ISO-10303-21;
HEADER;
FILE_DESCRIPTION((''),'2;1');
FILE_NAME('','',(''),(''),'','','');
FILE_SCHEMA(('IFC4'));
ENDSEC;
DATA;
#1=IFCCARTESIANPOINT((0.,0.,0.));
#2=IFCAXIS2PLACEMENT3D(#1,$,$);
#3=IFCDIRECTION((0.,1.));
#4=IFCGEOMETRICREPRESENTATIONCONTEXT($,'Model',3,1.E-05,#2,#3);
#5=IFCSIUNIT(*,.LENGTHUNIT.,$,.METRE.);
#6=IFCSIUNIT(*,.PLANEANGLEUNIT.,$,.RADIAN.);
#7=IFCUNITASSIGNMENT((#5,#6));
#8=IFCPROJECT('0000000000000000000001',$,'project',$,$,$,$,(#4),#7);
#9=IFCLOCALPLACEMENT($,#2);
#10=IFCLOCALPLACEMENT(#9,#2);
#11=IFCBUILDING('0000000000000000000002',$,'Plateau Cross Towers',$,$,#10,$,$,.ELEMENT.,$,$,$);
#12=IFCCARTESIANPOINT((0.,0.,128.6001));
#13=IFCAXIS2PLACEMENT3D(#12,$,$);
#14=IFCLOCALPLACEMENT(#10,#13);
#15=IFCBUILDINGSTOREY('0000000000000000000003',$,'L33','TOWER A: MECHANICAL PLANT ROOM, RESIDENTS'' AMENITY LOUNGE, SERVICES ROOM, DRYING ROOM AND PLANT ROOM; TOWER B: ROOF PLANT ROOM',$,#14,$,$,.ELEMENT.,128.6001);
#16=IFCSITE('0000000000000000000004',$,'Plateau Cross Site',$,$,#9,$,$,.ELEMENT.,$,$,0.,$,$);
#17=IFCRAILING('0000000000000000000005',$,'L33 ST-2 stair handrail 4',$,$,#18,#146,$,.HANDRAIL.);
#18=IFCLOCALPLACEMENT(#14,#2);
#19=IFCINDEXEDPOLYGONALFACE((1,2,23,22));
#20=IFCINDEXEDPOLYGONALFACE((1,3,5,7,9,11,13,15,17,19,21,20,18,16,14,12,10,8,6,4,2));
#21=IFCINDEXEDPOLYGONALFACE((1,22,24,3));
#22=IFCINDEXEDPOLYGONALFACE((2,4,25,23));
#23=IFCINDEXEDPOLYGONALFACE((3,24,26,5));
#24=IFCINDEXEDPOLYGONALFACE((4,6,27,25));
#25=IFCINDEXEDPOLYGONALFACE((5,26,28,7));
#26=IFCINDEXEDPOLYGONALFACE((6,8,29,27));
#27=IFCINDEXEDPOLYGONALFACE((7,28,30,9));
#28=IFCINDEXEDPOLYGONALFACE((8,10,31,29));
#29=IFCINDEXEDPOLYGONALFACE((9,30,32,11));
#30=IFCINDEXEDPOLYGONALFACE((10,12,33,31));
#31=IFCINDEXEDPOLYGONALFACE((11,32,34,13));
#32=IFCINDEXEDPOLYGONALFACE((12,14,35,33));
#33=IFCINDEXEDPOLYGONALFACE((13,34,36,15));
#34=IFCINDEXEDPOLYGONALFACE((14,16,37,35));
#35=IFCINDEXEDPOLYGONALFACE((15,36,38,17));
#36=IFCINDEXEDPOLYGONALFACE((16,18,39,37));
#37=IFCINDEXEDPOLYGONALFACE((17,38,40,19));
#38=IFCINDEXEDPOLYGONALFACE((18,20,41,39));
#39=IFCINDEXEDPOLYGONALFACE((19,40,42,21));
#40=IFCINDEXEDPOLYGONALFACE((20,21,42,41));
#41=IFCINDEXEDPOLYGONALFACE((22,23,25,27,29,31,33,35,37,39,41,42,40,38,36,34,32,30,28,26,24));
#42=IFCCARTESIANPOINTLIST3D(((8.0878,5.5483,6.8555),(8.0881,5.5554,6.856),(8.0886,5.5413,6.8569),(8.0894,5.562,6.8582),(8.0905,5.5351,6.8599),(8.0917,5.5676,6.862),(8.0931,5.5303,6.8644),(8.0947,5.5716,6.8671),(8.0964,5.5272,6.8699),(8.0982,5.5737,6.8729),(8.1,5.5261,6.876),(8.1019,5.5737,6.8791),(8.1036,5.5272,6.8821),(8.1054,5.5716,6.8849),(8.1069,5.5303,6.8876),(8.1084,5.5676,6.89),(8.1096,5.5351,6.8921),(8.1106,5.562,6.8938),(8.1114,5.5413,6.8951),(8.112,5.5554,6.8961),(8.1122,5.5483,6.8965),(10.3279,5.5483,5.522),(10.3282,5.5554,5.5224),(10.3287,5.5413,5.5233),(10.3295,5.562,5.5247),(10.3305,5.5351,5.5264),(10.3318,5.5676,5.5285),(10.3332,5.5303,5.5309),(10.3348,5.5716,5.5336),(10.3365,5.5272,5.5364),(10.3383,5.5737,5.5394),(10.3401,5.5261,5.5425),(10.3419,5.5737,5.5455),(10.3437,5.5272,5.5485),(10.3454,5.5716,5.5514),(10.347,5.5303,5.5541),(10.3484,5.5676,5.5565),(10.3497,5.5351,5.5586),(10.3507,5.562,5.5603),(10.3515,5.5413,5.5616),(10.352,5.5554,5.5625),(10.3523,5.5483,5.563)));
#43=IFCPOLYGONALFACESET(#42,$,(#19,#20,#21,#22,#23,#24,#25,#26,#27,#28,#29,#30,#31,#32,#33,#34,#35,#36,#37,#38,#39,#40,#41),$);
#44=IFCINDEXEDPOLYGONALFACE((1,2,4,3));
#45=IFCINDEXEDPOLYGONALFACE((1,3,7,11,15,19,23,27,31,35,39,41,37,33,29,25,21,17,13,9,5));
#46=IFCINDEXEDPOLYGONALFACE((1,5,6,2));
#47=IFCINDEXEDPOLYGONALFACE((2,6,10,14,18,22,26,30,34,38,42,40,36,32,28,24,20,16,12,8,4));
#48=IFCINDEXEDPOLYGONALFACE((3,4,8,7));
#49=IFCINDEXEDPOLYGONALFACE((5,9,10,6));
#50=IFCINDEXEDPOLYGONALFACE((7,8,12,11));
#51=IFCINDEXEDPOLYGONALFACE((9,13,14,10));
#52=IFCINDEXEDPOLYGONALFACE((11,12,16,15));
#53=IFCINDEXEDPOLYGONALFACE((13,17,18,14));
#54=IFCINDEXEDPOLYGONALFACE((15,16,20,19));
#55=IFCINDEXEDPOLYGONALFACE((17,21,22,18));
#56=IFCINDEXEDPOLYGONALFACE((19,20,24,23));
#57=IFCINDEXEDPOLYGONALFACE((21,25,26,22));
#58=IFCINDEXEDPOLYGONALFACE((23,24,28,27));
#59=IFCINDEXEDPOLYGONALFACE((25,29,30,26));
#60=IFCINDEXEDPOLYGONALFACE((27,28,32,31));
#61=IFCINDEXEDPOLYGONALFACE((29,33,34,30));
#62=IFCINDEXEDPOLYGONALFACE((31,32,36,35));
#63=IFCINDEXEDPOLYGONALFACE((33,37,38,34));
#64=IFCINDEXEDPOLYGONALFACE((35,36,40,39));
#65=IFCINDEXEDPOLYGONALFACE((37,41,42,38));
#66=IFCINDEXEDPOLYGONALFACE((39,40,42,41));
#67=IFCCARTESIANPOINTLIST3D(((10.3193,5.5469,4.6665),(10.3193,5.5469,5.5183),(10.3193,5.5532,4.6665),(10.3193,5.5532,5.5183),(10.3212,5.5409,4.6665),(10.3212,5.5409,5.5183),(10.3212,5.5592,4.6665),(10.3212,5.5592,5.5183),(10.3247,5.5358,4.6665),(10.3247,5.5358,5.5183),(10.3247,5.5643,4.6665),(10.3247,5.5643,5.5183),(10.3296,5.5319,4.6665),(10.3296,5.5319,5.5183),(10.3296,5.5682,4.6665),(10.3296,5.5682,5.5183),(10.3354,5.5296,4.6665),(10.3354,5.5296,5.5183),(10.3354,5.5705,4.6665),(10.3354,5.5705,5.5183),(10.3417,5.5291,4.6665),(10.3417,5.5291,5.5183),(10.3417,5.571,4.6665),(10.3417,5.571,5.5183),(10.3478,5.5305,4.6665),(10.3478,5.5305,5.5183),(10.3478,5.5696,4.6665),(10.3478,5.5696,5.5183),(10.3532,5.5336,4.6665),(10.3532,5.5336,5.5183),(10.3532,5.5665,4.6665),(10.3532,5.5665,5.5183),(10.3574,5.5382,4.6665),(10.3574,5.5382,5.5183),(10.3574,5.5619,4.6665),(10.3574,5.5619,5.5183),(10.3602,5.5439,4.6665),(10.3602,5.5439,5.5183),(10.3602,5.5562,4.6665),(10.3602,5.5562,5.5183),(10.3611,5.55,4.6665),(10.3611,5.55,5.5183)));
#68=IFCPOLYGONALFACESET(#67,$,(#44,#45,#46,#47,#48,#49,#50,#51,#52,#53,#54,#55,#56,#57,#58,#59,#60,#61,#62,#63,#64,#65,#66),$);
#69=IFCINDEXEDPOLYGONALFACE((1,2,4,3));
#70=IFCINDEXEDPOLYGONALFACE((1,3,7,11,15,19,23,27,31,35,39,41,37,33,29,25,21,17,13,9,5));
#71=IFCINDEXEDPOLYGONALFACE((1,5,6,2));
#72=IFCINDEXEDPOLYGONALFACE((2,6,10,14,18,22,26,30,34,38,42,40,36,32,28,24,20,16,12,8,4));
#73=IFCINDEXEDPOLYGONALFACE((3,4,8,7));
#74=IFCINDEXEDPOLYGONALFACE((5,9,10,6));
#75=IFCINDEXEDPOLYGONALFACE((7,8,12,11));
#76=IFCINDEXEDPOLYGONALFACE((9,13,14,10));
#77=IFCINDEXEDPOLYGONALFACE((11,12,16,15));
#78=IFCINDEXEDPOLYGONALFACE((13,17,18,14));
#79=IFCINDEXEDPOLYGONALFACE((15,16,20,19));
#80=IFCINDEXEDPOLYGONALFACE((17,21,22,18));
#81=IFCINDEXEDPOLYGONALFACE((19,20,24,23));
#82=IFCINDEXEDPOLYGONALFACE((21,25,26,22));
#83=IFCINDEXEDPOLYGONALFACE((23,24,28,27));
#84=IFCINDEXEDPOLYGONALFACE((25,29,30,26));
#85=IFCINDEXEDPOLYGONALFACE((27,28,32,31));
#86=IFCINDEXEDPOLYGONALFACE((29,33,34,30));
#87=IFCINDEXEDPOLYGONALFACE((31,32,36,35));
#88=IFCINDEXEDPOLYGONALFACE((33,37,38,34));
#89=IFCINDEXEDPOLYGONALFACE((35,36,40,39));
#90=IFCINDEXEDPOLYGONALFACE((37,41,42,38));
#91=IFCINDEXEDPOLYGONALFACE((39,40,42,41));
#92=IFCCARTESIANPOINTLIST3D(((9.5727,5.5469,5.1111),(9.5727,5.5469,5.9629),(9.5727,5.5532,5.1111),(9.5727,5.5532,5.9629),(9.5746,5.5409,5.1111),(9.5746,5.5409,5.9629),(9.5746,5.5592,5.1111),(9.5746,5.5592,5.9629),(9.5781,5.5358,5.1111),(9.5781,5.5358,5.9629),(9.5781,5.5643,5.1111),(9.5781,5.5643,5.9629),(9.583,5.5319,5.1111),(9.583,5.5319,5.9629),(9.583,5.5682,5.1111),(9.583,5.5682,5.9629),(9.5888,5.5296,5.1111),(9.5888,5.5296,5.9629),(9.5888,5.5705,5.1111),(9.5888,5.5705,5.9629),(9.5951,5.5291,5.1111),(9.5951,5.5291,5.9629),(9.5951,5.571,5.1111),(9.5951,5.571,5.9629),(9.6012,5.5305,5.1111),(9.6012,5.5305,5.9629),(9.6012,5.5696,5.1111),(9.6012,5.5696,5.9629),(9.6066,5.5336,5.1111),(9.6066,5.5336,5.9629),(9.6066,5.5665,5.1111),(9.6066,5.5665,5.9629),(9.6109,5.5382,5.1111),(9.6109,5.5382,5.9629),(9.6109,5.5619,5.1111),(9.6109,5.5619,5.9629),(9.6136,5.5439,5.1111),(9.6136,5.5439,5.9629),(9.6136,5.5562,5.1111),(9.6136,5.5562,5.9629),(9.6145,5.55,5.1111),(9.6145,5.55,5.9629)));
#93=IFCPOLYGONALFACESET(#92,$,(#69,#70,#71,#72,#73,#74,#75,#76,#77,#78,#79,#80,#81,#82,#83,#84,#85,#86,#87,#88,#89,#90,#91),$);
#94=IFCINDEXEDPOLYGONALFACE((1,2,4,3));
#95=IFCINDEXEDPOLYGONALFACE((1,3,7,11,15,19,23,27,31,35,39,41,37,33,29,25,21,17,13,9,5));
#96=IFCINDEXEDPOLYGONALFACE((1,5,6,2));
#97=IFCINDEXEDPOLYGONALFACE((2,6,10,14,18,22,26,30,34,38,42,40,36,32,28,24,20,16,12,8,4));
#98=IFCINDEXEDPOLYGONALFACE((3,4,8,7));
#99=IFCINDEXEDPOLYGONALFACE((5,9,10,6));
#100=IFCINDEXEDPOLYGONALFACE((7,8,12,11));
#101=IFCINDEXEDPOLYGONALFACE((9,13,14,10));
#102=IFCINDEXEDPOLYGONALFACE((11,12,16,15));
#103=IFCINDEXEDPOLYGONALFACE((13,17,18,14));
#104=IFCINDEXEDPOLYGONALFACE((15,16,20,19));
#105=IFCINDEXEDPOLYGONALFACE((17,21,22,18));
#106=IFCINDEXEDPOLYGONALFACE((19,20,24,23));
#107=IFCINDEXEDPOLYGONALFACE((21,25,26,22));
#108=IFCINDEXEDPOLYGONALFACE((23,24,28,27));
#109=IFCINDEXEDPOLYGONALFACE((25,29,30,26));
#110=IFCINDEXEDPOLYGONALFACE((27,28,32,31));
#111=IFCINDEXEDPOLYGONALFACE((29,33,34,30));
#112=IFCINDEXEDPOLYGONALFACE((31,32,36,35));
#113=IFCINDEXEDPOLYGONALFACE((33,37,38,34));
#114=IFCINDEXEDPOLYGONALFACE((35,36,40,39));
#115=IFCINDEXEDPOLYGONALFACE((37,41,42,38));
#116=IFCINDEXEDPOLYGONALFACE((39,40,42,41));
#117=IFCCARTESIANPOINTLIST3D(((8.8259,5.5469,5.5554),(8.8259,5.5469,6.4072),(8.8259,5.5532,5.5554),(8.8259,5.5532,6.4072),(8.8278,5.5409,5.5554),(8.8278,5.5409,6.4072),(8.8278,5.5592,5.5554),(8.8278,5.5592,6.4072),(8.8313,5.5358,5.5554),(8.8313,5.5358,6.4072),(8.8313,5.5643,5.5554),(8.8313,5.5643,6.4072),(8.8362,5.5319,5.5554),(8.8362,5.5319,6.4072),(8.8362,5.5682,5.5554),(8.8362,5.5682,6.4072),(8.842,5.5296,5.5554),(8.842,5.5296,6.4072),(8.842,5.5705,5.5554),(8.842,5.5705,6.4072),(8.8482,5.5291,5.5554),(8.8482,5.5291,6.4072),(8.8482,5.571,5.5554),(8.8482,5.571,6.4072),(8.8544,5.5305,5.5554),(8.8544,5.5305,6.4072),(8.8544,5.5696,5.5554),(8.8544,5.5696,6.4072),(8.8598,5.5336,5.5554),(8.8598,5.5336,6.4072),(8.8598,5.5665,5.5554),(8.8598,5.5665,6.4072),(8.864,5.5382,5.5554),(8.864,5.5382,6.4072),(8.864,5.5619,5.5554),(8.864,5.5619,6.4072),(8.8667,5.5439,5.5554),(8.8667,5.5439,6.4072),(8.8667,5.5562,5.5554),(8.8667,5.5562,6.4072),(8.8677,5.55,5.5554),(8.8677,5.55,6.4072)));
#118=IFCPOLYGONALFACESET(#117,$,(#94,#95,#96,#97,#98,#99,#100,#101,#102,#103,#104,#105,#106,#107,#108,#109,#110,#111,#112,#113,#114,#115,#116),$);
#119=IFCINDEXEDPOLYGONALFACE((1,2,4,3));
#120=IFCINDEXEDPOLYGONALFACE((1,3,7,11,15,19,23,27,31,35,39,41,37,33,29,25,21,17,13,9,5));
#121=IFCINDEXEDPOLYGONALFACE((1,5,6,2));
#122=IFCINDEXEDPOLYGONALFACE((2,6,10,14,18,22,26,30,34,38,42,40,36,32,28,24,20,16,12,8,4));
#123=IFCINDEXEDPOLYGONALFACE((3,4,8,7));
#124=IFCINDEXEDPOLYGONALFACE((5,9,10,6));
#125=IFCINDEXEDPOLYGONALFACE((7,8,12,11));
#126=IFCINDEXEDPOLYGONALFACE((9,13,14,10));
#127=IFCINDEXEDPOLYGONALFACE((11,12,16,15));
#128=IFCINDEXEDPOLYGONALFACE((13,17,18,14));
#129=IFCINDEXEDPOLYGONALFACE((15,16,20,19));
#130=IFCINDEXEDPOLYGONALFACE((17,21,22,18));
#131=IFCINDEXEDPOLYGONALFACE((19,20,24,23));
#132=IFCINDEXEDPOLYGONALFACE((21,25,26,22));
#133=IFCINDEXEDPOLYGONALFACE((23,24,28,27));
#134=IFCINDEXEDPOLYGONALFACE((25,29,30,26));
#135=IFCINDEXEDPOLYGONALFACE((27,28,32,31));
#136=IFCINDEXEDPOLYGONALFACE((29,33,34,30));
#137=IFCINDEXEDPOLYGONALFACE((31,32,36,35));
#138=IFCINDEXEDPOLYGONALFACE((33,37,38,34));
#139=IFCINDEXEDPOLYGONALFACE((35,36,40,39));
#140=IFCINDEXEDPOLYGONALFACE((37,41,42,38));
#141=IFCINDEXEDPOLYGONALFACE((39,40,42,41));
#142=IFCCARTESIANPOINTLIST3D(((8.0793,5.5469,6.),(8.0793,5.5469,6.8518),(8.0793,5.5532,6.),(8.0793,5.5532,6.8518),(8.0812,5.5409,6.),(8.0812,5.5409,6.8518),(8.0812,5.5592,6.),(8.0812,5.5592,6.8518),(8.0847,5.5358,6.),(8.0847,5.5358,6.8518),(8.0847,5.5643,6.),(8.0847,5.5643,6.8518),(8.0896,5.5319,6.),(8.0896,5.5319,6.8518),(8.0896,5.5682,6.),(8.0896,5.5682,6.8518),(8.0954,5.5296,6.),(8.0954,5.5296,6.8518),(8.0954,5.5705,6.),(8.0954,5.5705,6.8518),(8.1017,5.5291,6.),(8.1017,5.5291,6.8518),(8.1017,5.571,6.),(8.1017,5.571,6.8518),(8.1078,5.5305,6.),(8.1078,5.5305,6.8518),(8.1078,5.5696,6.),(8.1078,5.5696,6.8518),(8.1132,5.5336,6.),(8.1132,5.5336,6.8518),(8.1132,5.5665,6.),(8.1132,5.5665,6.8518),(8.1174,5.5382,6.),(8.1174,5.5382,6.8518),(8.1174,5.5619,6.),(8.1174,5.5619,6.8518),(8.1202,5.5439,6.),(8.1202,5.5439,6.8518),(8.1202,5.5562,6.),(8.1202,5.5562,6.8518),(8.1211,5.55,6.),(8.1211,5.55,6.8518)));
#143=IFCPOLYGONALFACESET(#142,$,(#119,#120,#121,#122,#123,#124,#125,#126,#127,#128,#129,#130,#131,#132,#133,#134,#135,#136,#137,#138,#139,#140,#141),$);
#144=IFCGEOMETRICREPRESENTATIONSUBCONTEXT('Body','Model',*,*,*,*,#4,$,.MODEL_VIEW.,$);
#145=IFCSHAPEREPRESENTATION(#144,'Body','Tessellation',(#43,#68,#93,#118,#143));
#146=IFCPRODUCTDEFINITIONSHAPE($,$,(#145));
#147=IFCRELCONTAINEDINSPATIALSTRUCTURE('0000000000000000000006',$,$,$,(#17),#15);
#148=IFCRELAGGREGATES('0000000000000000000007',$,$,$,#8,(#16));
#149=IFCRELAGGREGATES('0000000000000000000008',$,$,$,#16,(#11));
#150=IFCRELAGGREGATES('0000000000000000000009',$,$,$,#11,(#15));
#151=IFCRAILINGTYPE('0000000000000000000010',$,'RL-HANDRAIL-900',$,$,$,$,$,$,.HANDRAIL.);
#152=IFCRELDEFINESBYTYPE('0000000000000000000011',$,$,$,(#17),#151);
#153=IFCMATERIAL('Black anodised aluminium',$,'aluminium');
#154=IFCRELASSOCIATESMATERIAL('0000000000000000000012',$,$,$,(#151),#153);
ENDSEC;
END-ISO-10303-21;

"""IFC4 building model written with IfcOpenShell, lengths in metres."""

from ifc_helpers import new_model, si_unit, direction, frame, origin, origin_2d, place, context, subcontext, project, spatial, circle, extrude, material, type_object, element, save


model = new_model("IFC4")

# Units and contexts
model_context = context("Model", 3, precision=1e-05, world=origin(), true_north=direction((0.0, 1.0)))
body_context = subcontext(model_context, "Body", "Model", "MODEL_VIEW")
ifc_project = project(units=[si_unit("LENGTHUNIT", "METRE"), si_unit("PLANEANGLEUNIT", "RADIAN")], contexts=[model_context])

# Site, building, storey
site_placement = place(None, origin())
site = spatial("IfcSite", under=ifc_project, at=site_placement, Name="Plateau Cross Site", CompositionType="ELEMENT", RefElevation=0.0)
building_placement = place(site_placement, origin())
building = spatial("IfcBuilding", under=site, at=building_placement, Name="Plateau Cross Towers", CompositionType="ELEMENT")
storey_placement = place(building_placement, frame((0.0, 0.0, 128.6001)))
storey = spatial("IfcBuildingStorey", under=building, at=storey_placement, Name="L33", Description="TOWER A: MECHANICAL PLANT ROOM, RESIDENTS' AMENITY LOUNGE, SERVICES ROOM, DRYING ROOM AND PLANT ROOM; TOWER B: ROOF PLANT ROOM", CompositionType="ELEMENT", Elevation=128.6001)

# Railing
ifc_material_1 = material(Name="Black anodised aluminium", Category="aluminium")
railing_type_1 = type_object("IfcRailingType", Name="RL-HANDRAIL-900", PredefinedType="HANDRAIL", material=ifc_material_1)
for number, where, name in (
    (1, (10.3401, 5.55, 4.6665), "L33 ST-2 stair handrail 4"),
):
    element("IfcRailing", number, at=place(storey_placement, frame(where)), inside=storey, type_object=railing_type_1, Name=name, PredefinedType="HANDRAIL", context=body_context, shape_type="SweptSolid", body=[
        extrude(circle(Radius=0.0239, at=origin_2d()), frame((0.0, 0.0, 0.876), z_axis=(-0.859264, 0.0, 0.511532), x_axis=(0.0, -1.0, 0.0)), (0.0, 0.0, 1.0), 2.6069),
        extrude(circle(Radius=0.021, at=origin_2d()), origin(), (0.0, 0.0, 1.0), 0.8518),
        extrude(circle(Radius=0.021, at=origin_2d()), frame((-0.7466, 0.0, 0.4446)), (0.0, 0.0, 1.0), 0.8518),
        extrude(circle(Radius=0.021, at=origin_2d()), frame((-1.4934, 0.0, 0.8889)), (0.0, 0.0, 1.0), 0.8518),
        extrude(circle(Radius=0.021, at=origin_2d()), frame((-2.24, 0.0, 1.3335)), (0.0, 0.0, 1.0), 0.8518),
    ])

save(model, "model.ifc")
